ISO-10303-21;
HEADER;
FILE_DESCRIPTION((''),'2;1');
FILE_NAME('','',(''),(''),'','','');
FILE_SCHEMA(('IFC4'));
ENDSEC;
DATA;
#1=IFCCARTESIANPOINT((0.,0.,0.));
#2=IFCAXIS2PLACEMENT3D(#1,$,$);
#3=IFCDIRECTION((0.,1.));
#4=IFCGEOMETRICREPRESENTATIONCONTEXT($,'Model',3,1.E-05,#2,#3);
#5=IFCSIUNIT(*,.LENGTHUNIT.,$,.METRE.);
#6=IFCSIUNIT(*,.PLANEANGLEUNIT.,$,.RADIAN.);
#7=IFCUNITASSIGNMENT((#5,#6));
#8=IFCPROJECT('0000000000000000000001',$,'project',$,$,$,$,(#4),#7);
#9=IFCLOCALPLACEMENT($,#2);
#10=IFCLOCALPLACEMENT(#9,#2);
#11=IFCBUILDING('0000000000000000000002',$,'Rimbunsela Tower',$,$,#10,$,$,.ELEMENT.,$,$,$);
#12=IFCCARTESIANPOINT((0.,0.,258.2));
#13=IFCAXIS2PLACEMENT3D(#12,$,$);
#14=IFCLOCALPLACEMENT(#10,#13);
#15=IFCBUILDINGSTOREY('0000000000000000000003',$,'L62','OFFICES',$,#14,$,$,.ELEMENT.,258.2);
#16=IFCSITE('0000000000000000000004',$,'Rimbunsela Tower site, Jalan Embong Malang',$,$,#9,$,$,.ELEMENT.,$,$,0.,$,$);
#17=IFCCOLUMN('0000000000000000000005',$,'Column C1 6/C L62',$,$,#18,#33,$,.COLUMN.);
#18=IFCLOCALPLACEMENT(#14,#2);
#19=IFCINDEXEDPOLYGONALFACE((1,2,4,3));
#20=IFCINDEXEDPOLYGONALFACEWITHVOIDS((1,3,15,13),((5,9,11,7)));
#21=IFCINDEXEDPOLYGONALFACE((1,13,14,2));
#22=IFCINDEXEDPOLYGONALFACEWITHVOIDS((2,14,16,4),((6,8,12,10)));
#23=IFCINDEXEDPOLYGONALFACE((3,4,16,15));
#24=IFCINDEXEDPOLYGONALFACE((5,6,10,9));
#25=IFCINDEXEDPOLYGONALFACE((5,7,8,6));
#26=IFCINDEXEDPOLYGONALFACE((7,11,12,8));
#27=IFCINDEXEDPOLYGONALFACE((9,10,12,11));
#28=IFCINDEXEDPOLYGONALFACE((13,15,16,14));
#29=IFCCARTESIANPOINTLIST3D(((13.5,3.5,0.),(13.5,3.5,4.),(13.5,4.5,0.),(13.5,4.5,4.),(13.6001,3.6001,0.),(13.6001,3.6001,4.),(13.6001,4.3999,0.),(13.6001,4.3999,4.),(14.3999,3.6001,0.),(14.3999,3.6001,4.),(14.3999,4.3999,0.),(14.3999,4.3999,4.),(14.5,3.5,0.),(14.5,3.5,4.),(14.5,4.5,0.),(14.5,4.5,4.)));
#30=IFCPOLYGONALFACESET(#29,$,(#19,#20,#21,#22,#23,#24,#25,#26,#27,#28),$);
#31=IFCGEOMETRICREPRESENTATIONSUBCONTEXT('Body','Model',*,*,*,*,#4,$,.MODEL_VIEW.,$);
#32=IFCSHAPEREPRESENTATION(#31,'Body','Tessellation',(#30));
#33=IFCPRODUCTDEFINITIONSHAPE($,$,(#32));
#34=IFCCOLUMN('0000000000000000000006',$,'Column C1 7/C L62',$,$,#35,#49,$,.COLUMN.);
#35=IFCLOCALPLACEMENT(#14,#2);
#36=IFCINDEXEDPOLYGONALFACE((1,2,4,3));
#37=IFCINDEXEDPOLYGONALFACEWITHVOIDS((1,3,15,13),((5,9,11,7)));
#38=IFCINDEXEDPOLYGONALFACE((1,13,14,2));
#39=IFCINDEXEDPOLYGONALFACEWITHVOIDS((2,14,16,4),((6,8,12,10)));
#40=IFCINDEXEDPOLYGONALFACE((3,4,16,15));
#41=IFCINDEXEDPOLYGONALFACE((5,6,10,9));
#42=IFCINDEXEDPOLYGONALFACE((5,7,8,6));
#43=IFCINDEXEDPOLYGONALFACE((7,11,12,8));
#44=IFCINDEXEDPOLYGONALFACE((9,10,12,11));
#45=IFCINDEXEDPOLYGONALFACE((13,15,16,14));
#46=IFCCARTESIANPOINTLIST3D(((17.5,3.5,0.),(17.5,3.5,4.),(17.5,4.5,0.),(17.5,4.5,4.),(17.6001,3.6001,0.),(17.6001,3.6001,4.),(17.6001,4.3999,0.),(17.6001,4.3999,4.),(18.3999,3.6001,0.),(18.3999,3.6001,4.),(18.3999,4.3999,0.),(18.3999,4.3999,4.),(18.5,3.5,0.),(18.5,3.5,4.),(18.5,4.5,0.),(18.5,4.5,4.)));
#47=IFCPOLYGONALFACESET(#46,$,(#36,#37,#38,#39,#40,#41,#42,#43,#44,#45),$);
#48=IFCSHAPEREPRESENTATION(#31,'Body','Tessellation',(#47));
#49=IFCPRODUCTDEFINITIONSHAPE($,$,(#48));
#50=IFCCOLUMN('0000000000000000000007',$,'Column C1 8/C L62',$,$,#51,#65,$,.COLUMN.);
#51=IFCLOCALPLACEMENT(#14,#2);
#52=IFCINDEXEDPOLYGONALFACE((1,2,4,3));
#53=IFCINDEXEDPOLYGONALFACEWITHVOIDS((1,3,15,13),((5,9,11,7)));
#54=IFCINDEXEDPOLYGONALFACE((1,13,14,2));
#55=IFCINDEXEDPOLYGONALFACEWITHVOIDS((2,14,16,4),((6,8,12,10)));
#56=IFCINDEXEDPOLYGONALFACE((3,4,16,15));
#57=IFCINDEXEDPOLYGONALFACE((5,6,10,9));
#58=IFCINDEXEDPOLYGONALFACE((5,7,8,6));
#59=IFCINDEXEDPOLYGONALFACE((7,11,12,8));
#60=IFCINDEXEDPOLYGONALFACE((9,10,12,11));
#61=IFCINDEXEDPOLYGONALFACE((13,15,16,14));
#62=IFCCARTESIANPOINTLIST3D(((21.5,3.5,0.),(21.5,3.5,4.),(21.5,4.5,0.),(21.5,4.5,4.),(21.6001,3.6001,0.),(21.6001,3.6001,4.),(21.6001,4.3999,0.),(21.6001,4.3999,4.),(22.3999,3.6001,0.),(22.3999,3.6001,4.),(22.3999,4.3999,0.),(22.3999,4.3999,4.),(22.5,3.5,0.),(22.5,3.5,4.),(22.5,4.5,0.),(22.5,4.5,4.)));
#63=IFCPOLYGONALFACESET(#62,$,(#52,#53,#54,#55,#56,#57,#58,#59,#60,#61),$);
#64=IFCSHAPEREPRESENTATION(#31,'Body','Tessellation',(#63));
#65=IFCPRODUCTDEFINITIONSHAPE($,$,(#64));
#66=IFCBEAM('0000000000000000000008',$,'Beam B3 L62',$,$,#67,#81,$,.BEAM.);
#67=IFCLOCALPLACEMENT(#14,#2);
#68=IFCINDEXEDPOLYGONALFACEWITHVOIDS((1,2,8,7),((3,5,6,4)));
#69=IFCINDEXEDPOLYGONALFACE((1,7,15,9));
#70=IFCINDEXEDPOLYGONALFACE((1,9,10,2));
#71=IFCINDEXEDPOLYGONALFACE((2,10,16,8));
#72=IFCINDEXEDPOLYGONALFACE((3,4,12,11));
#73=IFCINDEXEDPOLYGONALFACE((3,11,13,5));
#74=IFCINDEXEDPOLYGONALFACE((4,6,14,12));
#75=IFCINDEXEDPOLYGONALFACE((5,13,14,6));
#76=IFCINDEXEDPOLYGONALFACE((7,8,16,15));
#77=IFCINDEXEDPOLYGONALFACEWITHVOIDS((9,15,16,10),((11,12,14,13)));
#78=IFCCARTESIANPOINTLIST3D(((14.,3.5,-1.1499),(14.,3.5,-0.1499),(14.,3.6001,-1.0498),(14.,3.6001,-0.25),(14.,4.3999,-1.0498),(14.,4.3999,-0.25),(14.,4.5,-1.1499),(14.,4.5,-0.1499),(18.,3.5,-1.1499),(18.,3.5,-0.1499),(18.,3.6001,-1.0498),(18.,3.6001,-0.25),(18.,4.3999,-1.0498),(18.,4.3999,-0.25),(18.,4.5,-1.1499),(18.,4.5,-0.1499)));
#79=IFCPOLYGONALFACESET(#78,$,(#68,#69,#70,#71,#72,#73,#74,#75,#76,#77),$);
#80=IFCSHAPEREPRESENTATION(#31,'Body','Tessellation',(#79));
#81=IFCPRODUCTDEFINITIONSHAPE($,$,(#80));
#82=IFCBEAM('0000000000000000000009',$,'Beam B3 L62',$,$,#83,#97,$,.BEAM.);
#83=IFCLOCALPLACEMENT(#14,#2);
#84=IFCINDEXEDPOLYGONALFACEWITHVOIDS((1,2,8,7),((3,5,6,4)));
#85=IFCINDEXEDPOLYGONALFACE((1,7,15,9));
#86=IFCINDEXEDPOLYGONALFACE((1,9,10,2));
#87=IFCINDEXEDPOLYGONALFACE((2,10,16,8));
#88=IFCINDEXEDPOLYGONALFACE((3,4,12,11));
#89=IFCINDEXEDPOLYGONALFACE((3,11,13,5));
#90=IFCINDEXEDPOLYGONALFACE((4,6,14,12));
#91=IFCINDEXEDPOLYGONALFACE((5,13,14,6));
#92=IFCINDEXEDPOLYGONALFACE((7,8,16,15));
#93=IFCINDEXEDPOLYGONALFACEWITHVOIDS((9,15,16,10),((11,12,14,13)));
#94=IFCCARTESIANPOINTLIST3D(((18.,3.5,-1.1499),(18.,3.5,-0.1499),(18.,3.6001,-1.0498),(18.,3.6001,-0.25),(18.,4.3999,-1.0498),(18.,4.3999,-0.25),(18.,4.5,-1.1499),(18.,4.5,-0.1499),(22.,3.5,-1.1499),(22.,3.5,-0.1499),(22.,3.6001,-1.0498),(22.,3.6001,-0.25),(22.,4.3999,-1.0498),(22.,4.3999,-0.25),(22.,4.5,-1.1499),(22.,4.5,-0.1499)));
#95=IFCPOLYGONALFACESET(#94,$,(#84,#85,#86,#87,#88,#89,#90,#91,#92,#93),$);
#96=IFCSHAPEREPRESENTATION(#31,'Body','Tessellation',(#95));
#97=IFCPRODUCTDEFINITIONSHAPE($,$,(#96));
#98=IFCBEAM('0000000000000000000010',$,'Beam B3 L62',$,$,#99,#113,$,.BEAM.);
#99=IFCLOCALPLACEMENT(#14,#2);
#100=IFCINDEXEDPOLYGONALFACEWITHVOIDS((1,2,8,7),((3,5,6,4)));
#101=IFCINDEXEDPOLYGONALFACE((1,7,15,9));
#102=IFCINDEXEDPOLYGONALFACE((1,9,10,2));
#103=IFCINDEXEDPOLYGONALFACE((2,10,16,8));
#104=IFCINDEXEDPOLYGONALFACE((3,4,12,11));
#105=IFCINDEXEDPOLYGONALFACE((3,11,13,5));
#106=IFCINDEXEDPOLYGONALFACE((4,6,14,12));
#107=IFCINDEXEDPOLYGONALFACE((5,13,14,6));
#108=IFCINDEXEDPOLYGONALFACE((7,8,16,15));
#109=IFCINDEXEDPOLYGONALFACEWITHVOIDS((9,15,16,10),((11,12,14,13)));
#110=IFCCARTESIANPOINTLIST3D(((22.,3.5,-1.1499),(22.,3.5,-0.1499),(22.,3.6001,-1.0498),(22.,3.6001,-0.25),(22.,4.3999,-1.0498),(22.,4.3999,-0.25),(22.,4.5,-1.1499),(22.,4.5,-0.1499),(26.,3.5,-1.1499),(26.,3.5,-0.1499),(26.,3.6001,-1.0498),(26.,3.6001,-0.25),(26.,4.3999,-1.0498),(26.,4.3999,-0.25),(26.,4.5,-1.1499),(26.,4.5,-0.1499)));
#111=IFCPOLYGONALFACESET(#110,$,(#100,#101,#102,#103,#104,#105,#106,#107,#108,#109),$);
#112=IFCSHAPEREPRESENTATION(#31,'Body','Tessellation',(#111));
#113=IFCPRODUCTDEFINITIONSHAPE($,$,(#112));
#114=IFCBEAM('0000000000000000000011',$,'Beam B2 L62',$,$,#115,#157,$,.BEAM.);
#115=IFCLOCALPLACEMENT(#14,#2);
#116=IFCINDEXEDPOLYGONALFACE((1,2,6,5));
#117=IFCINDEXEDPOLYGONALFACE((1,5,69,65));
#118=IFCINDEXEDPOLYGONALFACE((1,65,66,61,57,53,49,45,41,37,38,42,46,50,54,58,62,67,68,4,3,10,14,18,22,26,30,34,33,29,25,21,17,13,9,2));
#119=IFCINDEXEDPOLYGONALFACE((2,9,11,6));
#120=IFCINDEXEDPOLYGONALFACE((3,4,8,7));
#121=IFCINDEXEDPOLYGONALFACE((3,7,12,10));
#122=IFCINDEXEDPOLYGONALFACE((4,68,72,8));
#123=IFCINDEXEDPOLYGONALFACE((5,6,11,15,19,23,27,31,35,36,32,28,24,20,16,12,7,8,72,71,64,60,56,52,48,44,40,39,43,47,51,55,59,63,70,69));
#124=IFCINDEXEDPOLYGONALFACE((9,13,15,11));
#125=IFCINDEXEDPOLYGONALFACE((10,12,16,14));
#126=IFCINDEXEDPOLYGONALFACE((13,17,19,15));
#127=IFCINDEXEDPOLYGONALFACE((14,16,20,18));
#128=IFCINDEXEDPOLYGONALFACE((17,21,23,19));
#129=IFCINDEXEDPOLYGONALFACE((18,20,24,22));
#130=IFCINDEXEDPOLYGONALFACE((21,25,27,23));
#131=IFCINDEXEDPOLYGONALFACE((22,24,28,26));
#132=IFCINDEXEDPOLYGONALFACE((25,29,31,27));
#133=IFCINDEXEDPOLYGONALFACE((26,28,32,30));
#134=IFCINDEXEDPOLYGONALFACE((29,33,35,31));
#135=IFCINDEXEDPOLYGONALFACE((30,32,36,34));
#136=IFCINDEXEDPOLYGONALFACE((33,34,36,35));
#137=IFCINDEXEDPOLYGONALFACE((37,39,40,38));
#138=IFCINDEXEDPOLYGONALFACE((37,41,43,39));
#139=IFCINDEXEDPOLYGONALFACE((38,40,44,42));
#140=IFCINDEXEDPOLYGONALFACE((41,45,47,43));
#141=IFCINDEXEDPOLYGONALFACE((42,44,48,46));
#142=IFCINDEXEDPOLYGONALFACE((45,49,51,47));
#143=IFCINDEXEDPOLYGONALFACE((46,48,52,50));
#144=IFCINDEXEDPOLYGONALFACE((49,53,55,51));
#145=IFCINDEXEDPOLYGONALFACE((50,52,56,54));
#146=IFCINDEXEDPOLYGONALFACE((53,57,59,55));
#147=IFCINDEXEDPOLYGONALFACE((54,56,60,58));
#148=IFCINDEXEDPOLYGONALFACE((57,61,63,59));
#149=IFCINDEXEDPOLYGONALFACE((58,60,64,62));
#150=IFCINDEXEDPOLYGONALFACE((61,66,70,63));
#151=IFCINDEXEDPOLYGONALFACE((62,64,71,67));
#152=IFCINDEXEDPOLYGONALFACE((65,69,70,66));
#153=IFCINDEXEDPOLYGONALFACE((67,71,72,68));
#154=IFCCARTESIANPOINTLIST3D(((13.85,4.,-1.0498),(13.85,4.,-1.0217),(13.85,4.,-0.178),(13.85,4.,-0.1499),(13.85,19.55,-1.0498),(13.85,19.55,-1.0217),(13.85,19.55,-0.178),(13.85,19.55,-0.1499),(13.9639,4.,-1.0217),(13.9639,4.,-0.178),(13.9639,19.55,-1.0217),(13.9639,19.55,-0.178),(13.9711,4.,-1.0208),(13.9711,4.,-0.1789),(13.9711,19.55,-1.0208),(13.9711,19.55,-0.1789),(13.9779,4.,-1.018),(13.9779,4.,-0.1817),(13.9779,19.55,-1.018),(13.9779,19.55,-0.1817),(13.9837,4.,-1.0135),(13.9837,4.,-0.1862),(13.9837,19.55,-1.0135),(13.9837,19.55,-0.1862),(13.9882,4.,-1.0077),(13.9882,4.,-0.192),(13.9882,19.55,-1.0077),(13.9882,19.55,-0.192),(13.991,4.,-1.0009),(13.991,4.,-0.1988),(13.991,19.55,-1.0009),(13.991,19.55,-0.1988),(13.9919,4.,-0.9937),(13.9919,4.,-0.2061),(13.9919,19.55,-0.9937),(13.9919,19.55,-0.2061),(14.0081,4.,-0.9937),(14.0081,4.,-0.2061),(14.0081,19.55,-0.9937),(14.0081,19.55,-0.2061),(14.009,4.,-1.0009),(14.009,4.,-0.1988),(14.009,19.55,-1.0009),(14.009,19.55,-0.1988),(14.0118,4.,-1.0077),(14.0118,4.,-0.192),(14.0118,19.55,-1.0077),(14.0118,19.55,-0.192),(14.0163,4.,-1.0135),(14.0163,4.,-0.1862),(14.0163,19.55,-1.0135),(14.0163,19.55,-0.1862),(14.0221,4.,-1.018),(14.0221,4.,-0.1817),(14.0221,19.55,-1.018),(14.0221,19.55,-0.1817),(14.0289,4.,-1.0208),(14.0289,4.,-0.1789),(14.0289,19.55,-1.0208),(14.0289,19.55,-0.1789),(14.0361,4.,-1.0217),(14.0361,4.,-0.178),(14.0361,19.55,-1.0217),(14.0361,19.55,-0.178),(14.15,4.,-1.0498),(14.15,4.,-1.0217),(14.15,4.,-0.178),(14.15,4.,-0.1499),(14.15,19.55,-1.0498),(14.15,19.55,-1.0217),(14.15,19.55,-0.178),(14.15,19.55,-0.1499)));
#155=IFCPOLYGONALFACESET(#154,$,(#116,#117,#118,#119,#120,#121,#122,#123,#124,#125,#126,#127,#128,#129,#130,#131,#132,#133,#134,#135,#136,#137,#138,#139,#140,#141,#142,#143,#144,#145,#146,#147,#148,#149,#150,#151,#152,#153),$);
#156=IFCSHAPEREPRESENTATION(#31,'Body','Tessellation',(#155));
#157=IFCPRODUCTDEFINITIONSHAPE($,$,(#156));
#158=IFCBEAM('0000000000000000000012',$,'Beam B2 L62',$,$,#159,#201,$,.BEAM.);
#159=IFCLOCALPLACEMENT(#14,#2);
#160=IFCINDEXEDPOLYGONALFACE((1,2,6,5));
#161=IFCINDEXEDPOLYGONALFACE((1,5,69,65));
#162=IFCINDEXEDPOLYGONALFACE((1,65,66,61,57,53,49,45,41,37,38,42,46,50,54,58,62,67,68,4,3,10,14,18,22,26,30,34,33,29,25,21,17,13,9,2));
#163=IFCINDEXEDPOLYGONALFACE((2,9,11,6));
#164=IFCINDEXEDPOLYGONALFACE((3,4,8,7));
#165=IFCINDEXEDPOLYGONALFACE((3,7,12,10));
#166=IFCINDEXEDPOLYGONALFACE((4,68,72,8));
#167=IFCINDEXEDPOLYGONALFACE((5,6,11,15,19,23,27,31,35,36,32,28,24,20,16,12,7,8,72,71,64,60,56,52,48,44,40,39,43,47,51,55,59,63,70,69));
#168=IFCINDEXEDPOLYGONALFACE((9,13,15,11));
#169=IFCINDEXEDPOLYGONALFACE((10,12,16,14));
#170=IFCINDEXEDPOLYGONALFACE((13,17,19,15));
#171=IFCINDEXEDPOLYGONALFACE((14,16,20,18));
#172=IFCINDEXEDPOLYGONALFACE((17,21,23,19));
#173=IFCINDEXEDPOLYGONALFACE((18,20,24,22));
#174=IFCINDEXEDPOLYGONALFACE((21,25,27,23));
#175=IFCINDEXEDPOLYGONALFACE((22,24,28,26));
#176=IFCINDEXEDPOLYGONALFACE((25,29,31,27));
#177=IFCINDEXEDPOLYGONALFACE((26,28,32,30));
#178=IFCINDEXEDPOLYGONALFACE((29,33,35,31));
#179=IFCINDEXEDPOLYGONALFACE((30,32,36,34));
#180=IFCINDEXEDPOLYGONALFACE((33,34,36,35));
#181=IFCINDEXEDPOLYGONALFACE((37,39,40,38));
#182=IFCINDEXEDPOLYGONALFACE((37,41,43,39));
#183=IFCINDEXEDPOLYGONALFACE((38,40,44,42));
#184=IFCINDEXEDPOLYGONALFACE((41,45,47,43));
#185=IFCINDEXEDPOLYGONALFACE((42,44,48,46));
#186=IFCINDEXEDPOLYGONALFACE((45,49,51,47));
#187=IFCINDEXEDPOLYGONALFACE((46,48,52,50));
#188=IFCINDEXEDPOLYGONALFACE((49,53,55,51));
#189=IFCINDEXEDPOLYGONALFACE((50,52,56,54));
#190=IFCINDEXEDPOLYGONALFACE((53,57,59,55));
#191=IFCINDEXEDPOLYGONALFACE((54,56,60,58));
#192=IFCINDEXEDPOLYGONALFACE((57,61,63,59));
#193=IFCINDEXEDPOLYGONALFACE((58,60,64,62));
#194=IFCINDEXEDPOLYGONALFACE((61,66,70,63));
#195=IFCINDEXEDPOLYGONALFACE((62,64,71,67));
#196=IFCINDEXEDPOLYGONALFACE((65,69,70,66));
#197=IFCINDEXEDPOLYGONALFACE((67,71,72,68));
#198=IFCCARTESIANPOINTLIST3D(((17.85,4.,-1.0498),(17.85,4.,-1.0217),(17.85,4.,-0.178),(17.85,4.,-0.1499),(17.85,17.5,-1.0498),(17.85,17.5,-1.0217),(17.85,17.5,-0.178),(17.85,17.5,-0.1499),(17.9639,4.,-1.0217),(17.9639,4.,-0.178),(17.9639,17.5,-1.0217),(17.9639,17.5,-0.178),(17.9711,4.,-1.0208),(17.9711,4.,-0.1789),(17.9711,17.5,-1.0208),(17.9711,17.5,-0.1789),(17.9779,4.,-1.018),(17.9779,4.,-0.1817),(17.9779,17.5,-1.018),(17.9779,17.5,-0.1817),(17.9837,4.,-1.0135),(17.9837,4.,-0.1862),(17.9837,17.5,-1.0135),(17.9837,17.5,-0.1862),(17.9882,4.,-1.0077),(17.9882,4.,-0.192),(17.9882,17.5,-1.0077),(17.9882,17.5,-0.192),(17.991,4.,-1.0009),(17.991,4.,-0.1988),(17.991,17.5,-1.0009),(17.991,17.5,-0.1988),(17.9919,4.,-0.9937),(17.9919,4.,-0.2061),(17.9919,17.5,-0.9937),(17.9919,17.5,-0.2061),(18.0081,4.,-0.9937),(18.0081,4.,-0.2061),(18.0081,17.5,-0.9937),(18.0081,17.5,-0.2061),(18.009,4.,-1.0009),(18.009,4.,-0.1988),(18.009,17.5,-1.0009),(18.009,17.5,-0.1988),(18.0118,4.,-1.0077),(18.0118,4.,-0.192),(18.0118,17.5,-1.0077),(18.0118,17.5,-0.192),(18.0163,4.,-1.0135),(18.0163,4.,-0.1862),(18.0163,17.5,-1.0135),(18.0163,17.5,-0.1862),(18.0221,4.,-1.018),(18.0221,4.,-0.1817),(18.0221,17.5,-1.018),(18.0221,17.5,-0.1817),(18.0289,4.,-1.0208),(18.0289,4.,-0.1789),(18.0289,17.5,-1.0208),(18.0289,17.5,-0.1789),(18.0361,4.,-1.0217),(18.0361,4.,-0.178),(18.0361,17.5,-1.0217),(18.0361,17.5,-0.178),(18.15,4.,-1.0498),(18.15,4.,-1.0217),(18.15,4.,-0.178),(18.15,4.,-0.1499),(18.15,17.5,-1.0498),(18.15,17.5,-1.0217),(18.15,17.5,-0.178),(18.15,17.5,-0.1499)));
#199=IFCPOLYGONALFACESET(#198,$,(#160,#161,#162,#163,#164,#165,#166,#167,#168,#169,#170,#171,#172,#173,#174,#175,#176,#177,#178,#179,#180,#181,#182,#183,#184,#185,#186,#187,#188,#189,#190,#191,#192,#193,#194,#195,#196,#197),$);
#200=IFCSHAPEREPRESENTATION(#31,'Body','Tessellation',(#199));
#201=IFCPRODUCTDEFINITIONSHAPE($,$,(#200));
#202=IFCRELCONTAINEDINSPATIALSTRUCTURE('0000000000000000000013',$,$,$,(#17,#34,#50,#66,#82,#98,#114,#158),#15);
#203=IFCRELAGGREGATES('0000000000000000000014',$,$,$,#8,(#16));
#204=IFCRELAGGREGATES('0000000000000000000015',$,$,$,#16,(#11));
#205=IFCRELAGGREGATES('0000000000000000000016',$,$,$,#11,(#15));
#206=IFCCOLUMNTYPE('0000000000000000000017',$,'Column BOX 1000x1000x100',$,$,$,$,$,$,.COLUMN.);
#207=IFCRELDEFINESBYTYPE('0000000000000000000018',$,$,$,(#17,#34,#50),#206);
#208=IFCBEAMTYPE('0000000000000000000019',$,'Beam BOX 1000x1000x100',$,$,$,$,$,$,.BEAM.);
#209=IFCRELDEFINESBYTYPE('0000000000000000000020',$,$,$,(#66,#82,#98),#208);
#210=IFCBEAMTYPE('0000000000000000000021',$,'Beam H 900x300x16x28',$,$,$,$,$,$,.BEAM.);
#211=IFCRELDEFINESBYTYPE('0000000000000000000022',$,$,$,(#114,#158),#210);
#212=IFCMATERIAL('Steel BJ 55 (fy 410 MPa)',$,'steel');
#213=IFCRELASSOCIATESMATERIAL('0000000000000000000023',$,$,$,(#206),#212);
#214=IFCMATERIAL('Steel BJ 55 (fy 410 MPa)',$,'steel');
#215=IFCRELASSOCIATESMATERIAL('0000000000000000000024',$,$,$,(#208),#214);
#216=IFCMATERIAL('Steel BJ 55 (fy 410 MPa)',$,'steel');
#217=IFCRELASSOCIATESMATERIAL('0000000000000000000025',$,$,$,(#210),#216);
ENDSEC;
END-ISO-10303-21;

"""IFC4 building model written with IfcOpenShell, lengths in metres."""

from ifc_helpers import new_model, si_unit, direction, frame, origin, origin_2d, place, context, subcontext, project, spatial, hollow_rectangle, i_section, extrude, material, material_profile, profile_set, type_object, element, save


model = new_model("IFC4")

# Units and contexts
model_context = context("Model", 3, precision=1e-05, world=origin(), true_north=direction((0.0, 1.0)))
body_context = subcontext(model_context, "Body", "Model", "MODEL_VIEW")
ifc_project = project(units=[si_unit("LENGTHUNIT", "METRE"), si_unit("PLANEANGLEUNIT", "RADIAN")], contexts=[model_context])

# Site, building, storey
site_placement = place(None, origin())
site = spatial("IfcSite", under=ifc_project, at=site_placement, Name="Rimbunsela Tower site, Jalan Embong Malang", CompositionType="ELEMENT", RefElevation=0.0)
building_placement = place(site_placement, origin())
building = spatial("IfcBuilding", under=site, at=building_placement, Name="Rimbunsela Tower", CompositionType="ELEMENT")
storey_placement = place(building_placement, frame((0.0, 0.0, 258.2)))
storey = spatial("IfcBuildingStorey", under=building, at=storey_placement, Name="L62", Description="OFFICES", CompositionType="ELEMENT", Elevation=258.2)

# Columns
ifc_material_1 = material(Name="Steel BJ 55 (fy 410 MPa)", Category="steel")
ifc_material_profile_1 = material_profile(ifc_material_1, hollow_rectangle(XDim=1.0, YDim=1.0, WallThickness=0.1001, at=origin_2d()), Name="BOX 1000x1000x100")
ifc_profile_set_1 = profile_set([ifc_material_profile_1], Name="Steel BJ 55 (fy 410 MPa)")
column_type = type_object("IfcColumnType", Name="Column BOX 1000x1000x100", PredefinedType="COLUMN", material=ifc_profile_set_1)
for number, where, z_axis, x_axis, name in (
    (1, (14.0, 4.0, 0.0), (0.0, 0.0, 1.0), (1.0, 0.0, 0.0), "Column C1 6/C L62"),
    (2, (18.0, 4.0, 0.0), (0.0, 0.0, 1.0), (1.0, 0.0, 0.0), "Column C1 7/C L62"),
    (3, (22.0, 4.0, 0.0), (0.0, 0.0, 1.0), (1.0, 0.0, 0.0), "Column C1 8/C L62"),
):
    element("IfcColumn", number, at=place(storey_placement, frame(where, z_axis=z_axis, x_axis=x_axis)), inside=storey, type_object=column_type, Name=name, PredefinedType="COLUMN", context=body_context, shape_type="SweptSolid", body=[
        extrude(hollow_rectangle(XDim=1.0, YDim=1.0, WallThickness=0.1001, at=origin_2d()), origin(), (0.0, 0.0, 1.0), 4.0),
    ])

# Beams
ifc_material_2 = material(Name="Steel BJ 55 (fy 410 MPa)", Category="steel")
ifc_material_profile_2 = material_profile(ifc_material_2, hollow_rectangle(XDim=1.0, YDim=1.0, WallThickness=0.1001, at=origin_2d()), Name="BOX 1000x1000x100")
ifc_profile_set_2 = profile_set([ifc_material_profile_2], Name="Steel BJ 55 (fy 410 MPa)")
beam_type_1 = type_object("IfcBeamType", Name="Beam BOX 1000x1000x100", PredefinedType="BEAM", material=ifc_profile_set_2)
for number, where, z_axis, x_axis, name in (
    (4, (14.0, 4.0, -0.6499), (1.0, 0.0, 0.0), (0.0, 1.0, 0.0), "Beam B3 L62"),
    (5, (18.0, 4.0, -0.6499), (1.0, 0.0, 0.0), (0.0, 1.0, 0.0), "Beam B3 L62"),
    (6, (22.0, 4.0, -0.6499), (1.0, 0.0, 0.0), (0.0, 1.0, 0.0), "Beam B3 L62"),
):
    element("IfcBeam", number, at=place(storey_placement, frame(where, z_axis=z_axis, x_axis=x_axis)), inside=storey, type_object=beam_type_1, Name=name, PredefinedType="BEAM", context=body_context, shape_type="SweptSolid", body=[
        extrude(hollow_rectangle(XDim=1.0, YDim=1.0, WallThickness=0.1001, at=origin_2d()), origin(), (0.0, 0.0, 1.0), 4.0),
    ])
ifc_material_3 = material(Name="Steel BJ 55 (fy 410 MPa)", Category="steel")
ifc_material_profile_3 = material_profile(ifc_material_3, i_section(OverallWidth=0.3, OverallDepth=0.8999, WebThickness=0.0161, FlangeThickness=0.0281, FilletRadius=0.0281, at=origin_2d()), Name="H 900x300x16x28")
ifc_profile_set_3 = profile_set([ifc_material_profile_3], Name="Steel BJ 55 (fy 410 MPa)")
beam_type_2 = type_object("IfcBeamType", Name="Beam H 900x300x16x28", PredefinedType="BEAM", material=ifc_profile_set_3)
beam_placement = place(storey_placement, frame((14.0, 4.0, -0.5999), z_axis=(0.0, 1.0, 0.0), x_axis=(-1.0, 0.0, 0.0)))
element("IfcBeam", 7, at=beam_placement, inside=storey, type_object=beam_type_2, Name="Beam B2 L62", PredefinedType="BEAM", context=body_context, shape_type="SweptSolid", body=[
    extrude(i_section(OverallWidth=0.3, OverallDepth=0.8999, WebThickness=0.0161, FlangeThickness=0.0281, FilletRadius=0.0281, at=origin_2d()), origin(), (0.0, 0.0, 1.0), 15.55),
])
for number, where, z_axis, x_axis, name in (
    (8, (18.0, 4.0, -0.5999), (0.0, 1.0, 0.0), (-1.0, 0.0, 0.0), "Beam B2 L62"),
):
    element("IfcBeam", number, at=place(storey_placement, frame(where, z_axis=z_axis, x_axis=x_axis)), inside=storey, type_object=beam_type_2, Name=name, PredefinedType="BEAM", context=body_context, shape_type="SweptSolid", body=[
        extrude(i_section(OverallWidth=0.3, OverallDepth=0.8999, WebThickness=0.0161, FlangeThickness=0.0281, FilletRadius=0.0281, at=origin_2d()), origin(), (0.0, 0.0, 1.0), 13.5),
    ])

save(model, "model.ifc")
